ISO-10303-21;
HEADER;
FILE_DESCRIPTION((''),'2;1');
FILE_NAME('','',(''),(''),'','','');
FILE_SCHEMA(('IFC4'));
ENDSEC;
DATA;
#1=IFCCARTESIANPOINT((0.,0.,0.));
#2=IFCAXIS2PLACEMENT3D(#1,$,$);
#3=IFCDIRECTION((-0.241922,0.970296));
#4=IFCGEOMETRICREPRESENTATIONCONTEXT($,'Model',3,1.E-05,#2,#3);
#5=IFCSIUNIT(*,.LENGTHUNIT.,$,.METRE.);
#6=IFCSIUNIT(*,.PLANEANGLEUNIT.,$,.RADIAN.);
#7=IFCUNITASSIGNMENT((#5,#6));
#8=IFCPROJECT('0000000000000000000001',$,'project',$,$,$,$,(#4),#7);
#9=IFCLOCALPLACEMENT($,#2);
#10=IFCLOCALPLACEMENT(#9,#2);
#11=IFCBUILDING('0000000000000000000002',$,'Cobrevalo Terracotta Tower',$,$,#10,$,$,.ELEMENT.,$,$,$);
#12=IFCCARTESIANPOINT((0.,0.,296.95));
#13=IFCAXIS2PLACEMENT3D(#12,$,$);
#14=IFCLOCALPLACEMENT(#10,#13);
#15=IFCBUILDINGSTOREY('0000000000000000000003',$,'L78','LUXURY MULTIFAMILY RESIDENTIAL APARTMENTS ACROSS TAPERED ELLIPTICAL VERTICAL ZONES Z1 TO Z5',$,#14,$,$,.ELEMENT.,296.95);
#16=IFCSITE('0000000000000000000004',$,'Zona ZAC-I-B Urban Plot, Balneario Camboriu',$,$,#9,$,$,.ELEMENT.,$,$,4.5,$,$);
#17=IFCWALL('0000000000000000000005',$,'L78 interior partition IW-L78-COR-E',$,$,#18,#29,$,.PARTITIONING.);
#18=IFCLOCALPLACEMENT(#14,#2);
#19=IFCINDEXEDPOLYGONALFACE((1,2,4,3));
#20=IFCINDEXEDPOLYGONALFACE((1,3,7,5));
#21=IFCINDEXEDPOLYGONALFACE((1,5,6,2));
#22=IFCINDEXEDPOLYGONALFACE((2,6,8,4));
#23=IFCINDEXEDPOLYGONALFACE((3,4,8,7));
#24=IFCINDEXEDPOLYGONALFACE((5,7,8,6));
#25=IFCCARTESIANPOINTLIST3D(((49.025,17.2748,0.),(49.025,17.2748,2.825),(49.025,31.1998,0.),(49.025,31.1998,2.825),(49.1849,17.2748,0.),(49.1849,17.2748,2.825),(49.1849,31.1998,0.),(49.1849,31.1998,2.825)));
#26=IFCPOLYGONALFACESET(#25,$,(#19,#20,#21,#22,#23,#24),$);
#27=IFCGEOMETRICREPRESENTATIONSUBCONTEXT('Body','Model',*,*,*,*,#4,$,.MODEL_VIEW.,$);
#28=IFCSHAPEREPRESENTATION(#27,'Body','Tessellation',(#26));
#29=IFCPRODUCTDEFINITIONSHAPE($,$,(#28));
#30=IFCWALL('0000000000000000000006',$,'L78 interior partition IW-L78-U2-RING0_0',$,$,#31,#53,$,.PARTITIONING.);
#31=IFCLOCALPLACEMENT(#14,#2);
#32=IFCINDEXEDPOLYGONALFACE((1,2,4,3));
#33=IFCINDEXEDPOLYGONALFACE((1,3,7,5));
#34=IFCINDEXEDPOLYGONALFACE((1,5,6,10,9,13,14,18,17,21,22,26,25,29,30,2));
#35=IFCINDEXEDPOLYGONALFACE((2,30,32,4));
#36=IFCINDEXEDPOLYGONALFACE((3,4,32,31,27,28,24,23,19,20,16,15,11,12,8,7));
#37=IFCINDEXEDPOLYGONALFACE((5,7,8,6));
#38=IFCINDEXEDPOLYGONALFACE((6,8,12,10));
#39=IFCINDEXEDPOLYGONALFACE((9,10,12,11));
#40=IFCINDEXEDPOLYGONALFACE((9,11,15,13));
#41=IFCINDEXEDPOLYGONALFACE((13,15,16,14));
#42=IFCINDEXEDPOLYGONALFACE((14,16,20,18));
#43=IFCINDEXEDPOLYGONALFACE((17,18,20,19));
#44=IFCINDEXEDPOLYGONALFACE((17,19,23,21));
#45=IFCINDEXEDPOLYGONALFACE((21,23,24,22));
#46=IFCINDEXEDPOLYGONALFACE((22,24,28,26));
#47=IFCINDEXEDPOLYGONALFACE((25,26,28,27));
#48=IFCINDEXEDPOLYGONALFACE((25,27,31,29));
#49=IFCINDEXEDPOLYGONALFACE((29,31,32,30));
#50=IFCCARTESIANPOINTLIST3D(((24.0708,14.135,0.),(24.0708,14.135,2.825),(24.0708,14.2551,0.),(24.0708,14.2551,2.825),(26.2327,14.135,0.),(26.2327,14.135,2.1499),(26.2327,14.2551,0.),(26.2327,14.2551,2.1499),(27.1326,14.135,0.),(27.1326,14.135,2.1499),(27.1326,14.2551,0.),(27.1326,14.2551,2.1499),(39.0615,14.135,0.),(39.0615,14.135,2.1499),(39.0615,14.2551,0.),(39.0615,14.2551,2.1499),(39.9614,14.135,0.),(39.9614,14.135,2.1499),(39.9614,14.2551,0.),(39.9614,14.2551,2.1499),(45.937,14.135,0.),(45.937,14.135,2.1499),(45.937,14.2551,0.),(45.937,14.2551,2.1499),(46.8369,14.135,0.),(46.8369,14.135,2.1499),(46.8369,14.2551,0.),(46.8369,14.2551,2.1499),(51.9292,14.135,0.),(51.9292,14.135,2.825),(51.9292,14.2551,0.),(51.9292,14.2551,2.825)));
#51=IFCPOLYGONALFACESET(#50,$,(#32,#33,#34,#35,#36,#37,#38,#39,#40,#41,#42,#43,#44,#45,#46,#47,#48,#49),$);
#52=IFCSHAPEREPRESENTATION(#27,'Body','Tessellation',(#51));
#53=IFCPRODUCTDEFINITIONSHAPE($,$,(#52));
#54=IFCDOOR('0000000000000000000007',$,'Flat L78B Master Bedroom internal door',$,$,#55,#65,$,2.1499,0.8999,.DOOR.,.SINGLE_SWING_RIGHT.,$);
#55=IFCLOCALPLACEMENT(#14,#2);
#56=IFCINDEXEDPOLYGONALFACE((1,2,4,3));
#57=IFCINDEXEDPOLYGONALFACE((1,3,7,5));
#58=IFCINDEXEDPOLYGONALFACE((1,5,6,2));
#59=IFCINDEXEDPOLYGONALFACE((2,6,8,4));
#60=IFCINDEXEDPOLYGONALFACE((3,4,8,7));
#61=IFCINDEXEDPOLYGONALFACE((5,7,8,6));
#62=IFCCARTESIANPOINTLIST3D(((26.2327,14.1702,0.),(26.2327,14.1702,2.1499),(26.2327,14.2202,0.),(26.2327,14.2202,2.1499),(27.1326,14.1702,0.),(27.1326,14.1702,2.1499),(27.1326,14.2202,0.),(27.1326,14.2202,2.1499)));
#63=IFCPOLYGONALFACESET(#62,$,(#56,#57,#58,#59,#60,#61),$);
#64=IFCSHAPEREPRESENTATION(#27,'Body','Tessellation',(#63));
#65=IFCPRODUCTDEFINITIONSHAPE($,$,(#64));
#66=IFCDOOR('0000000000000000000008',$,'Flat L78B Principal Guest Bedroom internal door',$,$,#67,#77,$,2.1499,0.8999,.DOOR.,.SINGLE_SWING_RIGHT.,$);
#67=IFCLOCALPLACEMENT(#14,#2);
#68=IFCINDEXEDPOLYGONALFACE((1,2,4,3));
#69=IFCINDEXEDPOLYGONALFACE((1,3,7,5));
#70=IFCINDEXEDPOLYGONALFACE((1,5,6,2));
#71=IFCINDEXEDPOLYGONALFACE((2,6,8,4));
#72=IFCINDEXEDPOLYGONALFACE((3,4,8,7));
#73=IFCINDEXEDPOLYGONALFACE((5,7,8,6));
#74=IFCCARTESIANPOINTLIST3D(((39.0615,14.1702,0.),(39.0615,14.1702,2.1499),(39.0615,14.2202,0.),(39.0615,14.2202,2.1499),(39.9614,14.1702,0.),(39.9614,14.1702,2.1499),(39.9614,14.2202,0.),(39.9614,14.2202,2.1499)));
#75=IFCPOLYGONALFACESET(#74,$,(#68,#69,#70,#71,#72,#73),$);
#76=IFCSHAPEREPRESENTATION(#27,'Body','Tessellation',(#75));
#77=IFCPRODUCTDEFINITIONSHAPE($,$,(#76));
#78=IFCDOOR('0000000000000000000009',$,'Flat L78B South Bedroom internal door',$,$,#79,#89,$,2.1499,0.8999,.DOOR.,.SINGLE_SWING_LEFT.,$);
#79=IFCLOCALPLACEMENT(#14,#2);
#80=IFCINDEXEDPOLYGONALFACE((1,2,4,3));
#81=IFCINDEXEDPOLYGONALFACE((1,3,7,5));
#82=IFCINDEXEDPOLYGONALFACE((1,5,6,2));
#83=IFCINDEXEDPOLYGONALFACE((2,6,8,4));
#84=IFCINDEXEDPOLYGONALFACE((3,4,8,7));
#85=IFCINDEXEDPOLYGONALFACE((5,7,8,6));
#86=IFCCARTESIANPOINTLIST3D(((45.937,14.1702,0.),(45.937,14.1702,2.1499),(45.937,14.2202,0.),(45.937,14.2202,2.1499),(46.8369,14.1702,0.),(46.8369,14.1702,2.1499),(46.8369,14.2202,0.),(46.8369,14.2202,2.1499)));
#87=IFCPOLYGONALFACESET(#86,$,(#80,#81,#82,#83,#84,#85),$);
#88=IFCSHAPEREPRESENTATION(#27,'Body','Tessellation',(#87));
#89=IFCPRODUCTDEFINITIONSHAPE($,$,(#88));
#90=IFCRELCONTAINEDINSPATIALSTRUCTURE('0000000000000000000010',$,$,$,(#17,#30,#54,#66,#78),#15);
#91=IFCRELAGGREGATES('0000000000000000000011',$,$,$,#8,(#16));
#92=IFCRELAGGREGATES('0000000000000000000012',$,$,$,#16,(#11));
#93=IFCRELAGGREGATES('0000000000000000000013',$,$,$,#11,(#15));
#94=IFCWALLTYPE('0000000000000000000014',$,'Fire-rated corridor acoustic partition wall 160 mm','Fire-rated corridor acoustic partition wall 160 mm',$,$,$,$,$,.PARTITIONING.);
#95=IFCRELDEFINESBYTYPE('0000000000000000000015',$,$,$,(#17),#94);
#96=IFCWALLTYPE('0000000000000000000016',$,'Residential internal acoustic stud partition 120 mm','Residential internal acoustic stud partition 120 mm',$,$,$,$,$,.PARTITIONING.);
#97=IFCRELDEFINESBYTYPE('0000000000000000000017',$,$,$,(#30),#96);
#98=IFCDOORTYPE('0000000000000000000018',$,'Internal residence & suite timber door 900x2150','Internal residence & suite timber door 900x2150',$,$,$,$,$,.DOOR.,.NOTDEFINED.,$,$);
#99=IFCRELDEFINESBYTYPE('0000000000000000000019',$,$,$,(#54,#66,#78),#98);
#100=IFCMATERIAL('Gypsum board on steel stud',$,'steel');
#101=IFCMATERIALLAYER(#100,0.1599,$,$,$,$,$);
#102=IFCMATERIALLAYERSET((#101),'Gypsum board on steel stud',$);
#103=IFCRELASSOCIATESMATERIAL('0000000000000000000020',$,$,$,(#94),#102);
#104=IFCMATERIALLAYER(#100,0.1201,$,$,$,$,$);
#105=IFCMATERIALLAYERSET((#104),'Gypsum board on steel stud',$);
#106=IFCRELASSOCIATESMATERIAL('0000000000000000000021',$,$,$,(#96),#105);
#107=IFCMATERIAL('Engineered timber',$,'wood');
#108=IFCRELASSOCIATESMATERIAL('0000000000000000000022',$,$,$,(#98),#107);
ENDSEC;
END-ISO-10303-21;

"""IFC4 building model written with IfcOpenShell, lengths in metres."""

from ifc_helpers import new_model, si_unit, direction, frame, frame_2d, origin, place, context, subcontext, project, spatial, rectangle, extrude, source, transform, mapped, material, layer, layer_set, type_object, element, fill, save


model = new_model("IFC4")

# Units and contexts
model_context = context("Model", 3, precision=1e-05, world=origin(), true_north=direction((-0.241922, 0.970296)))
body_context = subcontext(model_context, "Body", "Model", "MODEL_VIEW")
ifc_project = project(units=[si_unit("LENGTHUNIT", "METRE"), si_unit("PLANEANGLEUNIT", "RADIAN")], contexts=[model_context])

# Site, building, storey
site_placement = place(None, origin())
site = spatial("IfcSite", under=ifc_project, at=site_placement, Name="Zona ZAC-I-B Urban Plot, Balneario Camboriu", CompositionType="ELEMENT", RefElevation=4.5)
building_placement = place(site_placement, origin())
building = spatial("IfcBuilding", under=site, at=building_placement, Name="Cobrevalo Terracotta Tower", CompositionType="ELEMENT")
storey_placement = place(building_placement, frame((0.0, 0.0, 296.95)))
storey = spatial("IfcBuildingStorey", under=building, at=storey_placement, Name="L78", Description="LUXURY MULTIFAMILY RESIDENTIAL APARTMENTS ACROSS TAPERED ELLIPTICAL VERTICAL ZONES Z1 TO Z5", CompositionType="ELEMENT", Elevation=296.95)

# Wall
ifc_material_1 = material(Name="Gypsum board on steel stud", Category="steel")
ifc_layer_1 = layer(ifc_material_1, 0.1599)
ifc_layer_set_1 = layer_set([ifc_layer_1], Name="Gypsum board on steel stud")
wall_type_1 = type_object("IfcWallType", Name="Fire-rated corridor acoustic partition wall 160 mm", Description="Fire-rated corridor acoustic partition wall 160 mm", PredefinedType="PARTITIONING", material=ifc_layer_set_1)
wall_1_placement = place(storey_placement, frame((49.105, 17.2749, 0.0), z_axis=(0.0, 0.0, 1.0), x_axis=(0.0, 1.0, 0.0)))
element("IfcWall", 1, at=wall_1_placement, inside=storey, type_object=wall_type_1, Name="L78 interior partition IW-L78-COR-E", PredefinedType="PARTITIONING", context=body_context, shape_type="SweptSolid", body=[
    extrude(rectangle(XDim=13.925, YDim=0.1599, at=frame_2d((6.9624, 0.0))), origin(), (0.0, 0.0, 1.0), 2.825),
])

# Wall, openings, doors
ifc_layer_2 = layer(ifc_material_1, 0.1201)
ifc_layer_set_2 = layer_set([ifc_layer_2], Name="Gypsum board on steel stud")
wall_type_2 = type_object("IfcWallType", Name="Residential internal acoustic stud partition 120 mm", Description="Residential internal acoustic stud partition 120 mm", PredefinedType="PARTITIONING", material=ifc_layer_set_2)
wall_2_placement = place(storey_placement, frame((51.9292, 14.1951, 0.0), z_axis=(0.0, 0.0, 1.0), x_axis=(-1.0, 0.0, 0.0)))
wall_2 = element("IfcWall", 2, at=wall_2_placement, inside=storey, type_object=wall_type_2, Name="L78 interior partition IW-L78-U2-RING0_0", PredefinedType="PARTITIONING", context=body_context, shape_type="SweptSolid", body=[
    extrude(rectangle(XDim=27.8584, YDim=0.1201, at=frame_2d((13.9292, 0.0))), origin(), (0.0, 0.0, 1.0), 2.825),
])
opening_1_placement = place(wall_2_placement, frame((24.7966, 0.0, 0.0)))
opening_1 = element("IfcOpeningElement", 3, at=opening_1_placement, cuts=wall_2, PredefinedType="OPENING", context=body_context, shape_type="SweptSolid", body=[
    extrude(rectangle(XDim=0.8999, YDim=2.1499, at=frame_2d((0.45, 1.075))), frame((0.0, 0.0701, 0.0), z_axis=(0.0, -1.0, 0.0), x_axis=(1.0, 0.0, 0.0)), (0.0, 0.0, 1.0), 0.1401),
])
opening_2_placement = place(wall_2_placement, frame((11.9678, 0.0, 0.0)))
opening_2 = element("IfcOpeningElement", 4, at=opening_2_placement, cuts=wall_2, PredefinedType="OPENING", context=body_context, shape_type="SweptSolid", body=[
    extrude(rectangle(XDim=0.8999, YDim=2.1499, at=frame_2d((0.45, 1.075))), frame((0.0, 0.0701, 0.0), z_axis=(0.0, -1.0, 0.0), x_axis=(1.0, 0.0, 0.0)), (0.0, 0.0, 1.0), 0.1401),
])
opening_3_placement = place(wall_2_placement, frame((5.0923, 0.0, 0.0)))
opening_3 = element("IfcOpeningElement", 5, at=opening_3_placement, cuts=wall_2, PredefinedType="OPENING", context=body_context, shape_type="SweptSolid", body=[
    extrude(rectangle(XDim=0.8999, YDim=2.1499, at=frame_2d((0.45, 1.075))), frame((0.0, 0.0701, 0.0), z_axis=(0.0, -1.0, 0.0), x_axis=(1.0, 0.0, 0.0)), (0.0, 0.0, 1.0), 0.1401),
])
ifc_material_2 = material(Name="Engineered timber", Category="wood")
door_type = type_object("IfcDoorType", Name="Internal residence & suite timber door 900x2150", Description="Internal residence & suite timber door 900x2150", OperationType="NOTDEFINED", PredefinedType="DOOR", material=ifc_material_2)
shared_shape_1 = source(origin(), body_context, "Body", "SweptSolid", [
    extrude(rectangle(XDim=0.8999, YDim=2.1499, at=frame_2d((0.45, 1.075))), frame((0.0, 0.0249, 0.0), z_axis=(0.0, -1.0, 0.0), x_axis=(1.0, 0.0, 0.0)), (0.0, 0.0, 1.0), 0.05),
])
door_1_placement = place(opening_1_placement, origin())
door_1 = element("IfcDoor", 6, at=door_1_placement, inside=storey, type_object=door_type, Name="Flat L78B Master Bedroom internal door", OperationType="SINGLE_SWING_RIGHT", OverallHeight=2.1499, OverallWidth=0.8999, PredefinedType="DOOR", context=body_context, shape_type="MappedRepresentation", body=[
    mapped(shared_shape_1, transform((0.0, 0.0, 0.0), scale=1.0)),
])
fill(opening_1, door_1)
door_2_placement = place(opening_2_placement, origin())
door_2 = element("IfcDoor", 7, at=door_2_placement, inside=storey, type_object=door_type, Name="Flat L78B Principal Guest Bedroom internal door", OperationType="SINGLE_SWING_RIGHT", OverallHeight=2.1499, OverallWidth=0.8999, PredefinedType="DOOR", context=body_context, shape_type="MappedRepresentation", body=[
    mapped(shared_shape_1, transform((0.0, 0.0, 0.0), scale=1.0)),
])
fill(opening_2, door_2)
door_3_placement = place(opening_3_placement, origin())
door_3 = element("IfcDoor", 8, at=door_3_placement, inside=storey, type_object=door_type, Name="Flat L78B South Bedroom internal door", OperationType="SINGLE_SWING_LEFT", OverallHeight=2.1499, OverallWidth=0.8999, PredefinedType="DOOR", context=body_context, shape_type="MappedRepresentation", body=[
    mapped(shared_shape_1, transform((0.0, 0.0, 0.0), scale=1.0)),
])
fill(opening_3, door_3)

save(model, "model.ifc")
